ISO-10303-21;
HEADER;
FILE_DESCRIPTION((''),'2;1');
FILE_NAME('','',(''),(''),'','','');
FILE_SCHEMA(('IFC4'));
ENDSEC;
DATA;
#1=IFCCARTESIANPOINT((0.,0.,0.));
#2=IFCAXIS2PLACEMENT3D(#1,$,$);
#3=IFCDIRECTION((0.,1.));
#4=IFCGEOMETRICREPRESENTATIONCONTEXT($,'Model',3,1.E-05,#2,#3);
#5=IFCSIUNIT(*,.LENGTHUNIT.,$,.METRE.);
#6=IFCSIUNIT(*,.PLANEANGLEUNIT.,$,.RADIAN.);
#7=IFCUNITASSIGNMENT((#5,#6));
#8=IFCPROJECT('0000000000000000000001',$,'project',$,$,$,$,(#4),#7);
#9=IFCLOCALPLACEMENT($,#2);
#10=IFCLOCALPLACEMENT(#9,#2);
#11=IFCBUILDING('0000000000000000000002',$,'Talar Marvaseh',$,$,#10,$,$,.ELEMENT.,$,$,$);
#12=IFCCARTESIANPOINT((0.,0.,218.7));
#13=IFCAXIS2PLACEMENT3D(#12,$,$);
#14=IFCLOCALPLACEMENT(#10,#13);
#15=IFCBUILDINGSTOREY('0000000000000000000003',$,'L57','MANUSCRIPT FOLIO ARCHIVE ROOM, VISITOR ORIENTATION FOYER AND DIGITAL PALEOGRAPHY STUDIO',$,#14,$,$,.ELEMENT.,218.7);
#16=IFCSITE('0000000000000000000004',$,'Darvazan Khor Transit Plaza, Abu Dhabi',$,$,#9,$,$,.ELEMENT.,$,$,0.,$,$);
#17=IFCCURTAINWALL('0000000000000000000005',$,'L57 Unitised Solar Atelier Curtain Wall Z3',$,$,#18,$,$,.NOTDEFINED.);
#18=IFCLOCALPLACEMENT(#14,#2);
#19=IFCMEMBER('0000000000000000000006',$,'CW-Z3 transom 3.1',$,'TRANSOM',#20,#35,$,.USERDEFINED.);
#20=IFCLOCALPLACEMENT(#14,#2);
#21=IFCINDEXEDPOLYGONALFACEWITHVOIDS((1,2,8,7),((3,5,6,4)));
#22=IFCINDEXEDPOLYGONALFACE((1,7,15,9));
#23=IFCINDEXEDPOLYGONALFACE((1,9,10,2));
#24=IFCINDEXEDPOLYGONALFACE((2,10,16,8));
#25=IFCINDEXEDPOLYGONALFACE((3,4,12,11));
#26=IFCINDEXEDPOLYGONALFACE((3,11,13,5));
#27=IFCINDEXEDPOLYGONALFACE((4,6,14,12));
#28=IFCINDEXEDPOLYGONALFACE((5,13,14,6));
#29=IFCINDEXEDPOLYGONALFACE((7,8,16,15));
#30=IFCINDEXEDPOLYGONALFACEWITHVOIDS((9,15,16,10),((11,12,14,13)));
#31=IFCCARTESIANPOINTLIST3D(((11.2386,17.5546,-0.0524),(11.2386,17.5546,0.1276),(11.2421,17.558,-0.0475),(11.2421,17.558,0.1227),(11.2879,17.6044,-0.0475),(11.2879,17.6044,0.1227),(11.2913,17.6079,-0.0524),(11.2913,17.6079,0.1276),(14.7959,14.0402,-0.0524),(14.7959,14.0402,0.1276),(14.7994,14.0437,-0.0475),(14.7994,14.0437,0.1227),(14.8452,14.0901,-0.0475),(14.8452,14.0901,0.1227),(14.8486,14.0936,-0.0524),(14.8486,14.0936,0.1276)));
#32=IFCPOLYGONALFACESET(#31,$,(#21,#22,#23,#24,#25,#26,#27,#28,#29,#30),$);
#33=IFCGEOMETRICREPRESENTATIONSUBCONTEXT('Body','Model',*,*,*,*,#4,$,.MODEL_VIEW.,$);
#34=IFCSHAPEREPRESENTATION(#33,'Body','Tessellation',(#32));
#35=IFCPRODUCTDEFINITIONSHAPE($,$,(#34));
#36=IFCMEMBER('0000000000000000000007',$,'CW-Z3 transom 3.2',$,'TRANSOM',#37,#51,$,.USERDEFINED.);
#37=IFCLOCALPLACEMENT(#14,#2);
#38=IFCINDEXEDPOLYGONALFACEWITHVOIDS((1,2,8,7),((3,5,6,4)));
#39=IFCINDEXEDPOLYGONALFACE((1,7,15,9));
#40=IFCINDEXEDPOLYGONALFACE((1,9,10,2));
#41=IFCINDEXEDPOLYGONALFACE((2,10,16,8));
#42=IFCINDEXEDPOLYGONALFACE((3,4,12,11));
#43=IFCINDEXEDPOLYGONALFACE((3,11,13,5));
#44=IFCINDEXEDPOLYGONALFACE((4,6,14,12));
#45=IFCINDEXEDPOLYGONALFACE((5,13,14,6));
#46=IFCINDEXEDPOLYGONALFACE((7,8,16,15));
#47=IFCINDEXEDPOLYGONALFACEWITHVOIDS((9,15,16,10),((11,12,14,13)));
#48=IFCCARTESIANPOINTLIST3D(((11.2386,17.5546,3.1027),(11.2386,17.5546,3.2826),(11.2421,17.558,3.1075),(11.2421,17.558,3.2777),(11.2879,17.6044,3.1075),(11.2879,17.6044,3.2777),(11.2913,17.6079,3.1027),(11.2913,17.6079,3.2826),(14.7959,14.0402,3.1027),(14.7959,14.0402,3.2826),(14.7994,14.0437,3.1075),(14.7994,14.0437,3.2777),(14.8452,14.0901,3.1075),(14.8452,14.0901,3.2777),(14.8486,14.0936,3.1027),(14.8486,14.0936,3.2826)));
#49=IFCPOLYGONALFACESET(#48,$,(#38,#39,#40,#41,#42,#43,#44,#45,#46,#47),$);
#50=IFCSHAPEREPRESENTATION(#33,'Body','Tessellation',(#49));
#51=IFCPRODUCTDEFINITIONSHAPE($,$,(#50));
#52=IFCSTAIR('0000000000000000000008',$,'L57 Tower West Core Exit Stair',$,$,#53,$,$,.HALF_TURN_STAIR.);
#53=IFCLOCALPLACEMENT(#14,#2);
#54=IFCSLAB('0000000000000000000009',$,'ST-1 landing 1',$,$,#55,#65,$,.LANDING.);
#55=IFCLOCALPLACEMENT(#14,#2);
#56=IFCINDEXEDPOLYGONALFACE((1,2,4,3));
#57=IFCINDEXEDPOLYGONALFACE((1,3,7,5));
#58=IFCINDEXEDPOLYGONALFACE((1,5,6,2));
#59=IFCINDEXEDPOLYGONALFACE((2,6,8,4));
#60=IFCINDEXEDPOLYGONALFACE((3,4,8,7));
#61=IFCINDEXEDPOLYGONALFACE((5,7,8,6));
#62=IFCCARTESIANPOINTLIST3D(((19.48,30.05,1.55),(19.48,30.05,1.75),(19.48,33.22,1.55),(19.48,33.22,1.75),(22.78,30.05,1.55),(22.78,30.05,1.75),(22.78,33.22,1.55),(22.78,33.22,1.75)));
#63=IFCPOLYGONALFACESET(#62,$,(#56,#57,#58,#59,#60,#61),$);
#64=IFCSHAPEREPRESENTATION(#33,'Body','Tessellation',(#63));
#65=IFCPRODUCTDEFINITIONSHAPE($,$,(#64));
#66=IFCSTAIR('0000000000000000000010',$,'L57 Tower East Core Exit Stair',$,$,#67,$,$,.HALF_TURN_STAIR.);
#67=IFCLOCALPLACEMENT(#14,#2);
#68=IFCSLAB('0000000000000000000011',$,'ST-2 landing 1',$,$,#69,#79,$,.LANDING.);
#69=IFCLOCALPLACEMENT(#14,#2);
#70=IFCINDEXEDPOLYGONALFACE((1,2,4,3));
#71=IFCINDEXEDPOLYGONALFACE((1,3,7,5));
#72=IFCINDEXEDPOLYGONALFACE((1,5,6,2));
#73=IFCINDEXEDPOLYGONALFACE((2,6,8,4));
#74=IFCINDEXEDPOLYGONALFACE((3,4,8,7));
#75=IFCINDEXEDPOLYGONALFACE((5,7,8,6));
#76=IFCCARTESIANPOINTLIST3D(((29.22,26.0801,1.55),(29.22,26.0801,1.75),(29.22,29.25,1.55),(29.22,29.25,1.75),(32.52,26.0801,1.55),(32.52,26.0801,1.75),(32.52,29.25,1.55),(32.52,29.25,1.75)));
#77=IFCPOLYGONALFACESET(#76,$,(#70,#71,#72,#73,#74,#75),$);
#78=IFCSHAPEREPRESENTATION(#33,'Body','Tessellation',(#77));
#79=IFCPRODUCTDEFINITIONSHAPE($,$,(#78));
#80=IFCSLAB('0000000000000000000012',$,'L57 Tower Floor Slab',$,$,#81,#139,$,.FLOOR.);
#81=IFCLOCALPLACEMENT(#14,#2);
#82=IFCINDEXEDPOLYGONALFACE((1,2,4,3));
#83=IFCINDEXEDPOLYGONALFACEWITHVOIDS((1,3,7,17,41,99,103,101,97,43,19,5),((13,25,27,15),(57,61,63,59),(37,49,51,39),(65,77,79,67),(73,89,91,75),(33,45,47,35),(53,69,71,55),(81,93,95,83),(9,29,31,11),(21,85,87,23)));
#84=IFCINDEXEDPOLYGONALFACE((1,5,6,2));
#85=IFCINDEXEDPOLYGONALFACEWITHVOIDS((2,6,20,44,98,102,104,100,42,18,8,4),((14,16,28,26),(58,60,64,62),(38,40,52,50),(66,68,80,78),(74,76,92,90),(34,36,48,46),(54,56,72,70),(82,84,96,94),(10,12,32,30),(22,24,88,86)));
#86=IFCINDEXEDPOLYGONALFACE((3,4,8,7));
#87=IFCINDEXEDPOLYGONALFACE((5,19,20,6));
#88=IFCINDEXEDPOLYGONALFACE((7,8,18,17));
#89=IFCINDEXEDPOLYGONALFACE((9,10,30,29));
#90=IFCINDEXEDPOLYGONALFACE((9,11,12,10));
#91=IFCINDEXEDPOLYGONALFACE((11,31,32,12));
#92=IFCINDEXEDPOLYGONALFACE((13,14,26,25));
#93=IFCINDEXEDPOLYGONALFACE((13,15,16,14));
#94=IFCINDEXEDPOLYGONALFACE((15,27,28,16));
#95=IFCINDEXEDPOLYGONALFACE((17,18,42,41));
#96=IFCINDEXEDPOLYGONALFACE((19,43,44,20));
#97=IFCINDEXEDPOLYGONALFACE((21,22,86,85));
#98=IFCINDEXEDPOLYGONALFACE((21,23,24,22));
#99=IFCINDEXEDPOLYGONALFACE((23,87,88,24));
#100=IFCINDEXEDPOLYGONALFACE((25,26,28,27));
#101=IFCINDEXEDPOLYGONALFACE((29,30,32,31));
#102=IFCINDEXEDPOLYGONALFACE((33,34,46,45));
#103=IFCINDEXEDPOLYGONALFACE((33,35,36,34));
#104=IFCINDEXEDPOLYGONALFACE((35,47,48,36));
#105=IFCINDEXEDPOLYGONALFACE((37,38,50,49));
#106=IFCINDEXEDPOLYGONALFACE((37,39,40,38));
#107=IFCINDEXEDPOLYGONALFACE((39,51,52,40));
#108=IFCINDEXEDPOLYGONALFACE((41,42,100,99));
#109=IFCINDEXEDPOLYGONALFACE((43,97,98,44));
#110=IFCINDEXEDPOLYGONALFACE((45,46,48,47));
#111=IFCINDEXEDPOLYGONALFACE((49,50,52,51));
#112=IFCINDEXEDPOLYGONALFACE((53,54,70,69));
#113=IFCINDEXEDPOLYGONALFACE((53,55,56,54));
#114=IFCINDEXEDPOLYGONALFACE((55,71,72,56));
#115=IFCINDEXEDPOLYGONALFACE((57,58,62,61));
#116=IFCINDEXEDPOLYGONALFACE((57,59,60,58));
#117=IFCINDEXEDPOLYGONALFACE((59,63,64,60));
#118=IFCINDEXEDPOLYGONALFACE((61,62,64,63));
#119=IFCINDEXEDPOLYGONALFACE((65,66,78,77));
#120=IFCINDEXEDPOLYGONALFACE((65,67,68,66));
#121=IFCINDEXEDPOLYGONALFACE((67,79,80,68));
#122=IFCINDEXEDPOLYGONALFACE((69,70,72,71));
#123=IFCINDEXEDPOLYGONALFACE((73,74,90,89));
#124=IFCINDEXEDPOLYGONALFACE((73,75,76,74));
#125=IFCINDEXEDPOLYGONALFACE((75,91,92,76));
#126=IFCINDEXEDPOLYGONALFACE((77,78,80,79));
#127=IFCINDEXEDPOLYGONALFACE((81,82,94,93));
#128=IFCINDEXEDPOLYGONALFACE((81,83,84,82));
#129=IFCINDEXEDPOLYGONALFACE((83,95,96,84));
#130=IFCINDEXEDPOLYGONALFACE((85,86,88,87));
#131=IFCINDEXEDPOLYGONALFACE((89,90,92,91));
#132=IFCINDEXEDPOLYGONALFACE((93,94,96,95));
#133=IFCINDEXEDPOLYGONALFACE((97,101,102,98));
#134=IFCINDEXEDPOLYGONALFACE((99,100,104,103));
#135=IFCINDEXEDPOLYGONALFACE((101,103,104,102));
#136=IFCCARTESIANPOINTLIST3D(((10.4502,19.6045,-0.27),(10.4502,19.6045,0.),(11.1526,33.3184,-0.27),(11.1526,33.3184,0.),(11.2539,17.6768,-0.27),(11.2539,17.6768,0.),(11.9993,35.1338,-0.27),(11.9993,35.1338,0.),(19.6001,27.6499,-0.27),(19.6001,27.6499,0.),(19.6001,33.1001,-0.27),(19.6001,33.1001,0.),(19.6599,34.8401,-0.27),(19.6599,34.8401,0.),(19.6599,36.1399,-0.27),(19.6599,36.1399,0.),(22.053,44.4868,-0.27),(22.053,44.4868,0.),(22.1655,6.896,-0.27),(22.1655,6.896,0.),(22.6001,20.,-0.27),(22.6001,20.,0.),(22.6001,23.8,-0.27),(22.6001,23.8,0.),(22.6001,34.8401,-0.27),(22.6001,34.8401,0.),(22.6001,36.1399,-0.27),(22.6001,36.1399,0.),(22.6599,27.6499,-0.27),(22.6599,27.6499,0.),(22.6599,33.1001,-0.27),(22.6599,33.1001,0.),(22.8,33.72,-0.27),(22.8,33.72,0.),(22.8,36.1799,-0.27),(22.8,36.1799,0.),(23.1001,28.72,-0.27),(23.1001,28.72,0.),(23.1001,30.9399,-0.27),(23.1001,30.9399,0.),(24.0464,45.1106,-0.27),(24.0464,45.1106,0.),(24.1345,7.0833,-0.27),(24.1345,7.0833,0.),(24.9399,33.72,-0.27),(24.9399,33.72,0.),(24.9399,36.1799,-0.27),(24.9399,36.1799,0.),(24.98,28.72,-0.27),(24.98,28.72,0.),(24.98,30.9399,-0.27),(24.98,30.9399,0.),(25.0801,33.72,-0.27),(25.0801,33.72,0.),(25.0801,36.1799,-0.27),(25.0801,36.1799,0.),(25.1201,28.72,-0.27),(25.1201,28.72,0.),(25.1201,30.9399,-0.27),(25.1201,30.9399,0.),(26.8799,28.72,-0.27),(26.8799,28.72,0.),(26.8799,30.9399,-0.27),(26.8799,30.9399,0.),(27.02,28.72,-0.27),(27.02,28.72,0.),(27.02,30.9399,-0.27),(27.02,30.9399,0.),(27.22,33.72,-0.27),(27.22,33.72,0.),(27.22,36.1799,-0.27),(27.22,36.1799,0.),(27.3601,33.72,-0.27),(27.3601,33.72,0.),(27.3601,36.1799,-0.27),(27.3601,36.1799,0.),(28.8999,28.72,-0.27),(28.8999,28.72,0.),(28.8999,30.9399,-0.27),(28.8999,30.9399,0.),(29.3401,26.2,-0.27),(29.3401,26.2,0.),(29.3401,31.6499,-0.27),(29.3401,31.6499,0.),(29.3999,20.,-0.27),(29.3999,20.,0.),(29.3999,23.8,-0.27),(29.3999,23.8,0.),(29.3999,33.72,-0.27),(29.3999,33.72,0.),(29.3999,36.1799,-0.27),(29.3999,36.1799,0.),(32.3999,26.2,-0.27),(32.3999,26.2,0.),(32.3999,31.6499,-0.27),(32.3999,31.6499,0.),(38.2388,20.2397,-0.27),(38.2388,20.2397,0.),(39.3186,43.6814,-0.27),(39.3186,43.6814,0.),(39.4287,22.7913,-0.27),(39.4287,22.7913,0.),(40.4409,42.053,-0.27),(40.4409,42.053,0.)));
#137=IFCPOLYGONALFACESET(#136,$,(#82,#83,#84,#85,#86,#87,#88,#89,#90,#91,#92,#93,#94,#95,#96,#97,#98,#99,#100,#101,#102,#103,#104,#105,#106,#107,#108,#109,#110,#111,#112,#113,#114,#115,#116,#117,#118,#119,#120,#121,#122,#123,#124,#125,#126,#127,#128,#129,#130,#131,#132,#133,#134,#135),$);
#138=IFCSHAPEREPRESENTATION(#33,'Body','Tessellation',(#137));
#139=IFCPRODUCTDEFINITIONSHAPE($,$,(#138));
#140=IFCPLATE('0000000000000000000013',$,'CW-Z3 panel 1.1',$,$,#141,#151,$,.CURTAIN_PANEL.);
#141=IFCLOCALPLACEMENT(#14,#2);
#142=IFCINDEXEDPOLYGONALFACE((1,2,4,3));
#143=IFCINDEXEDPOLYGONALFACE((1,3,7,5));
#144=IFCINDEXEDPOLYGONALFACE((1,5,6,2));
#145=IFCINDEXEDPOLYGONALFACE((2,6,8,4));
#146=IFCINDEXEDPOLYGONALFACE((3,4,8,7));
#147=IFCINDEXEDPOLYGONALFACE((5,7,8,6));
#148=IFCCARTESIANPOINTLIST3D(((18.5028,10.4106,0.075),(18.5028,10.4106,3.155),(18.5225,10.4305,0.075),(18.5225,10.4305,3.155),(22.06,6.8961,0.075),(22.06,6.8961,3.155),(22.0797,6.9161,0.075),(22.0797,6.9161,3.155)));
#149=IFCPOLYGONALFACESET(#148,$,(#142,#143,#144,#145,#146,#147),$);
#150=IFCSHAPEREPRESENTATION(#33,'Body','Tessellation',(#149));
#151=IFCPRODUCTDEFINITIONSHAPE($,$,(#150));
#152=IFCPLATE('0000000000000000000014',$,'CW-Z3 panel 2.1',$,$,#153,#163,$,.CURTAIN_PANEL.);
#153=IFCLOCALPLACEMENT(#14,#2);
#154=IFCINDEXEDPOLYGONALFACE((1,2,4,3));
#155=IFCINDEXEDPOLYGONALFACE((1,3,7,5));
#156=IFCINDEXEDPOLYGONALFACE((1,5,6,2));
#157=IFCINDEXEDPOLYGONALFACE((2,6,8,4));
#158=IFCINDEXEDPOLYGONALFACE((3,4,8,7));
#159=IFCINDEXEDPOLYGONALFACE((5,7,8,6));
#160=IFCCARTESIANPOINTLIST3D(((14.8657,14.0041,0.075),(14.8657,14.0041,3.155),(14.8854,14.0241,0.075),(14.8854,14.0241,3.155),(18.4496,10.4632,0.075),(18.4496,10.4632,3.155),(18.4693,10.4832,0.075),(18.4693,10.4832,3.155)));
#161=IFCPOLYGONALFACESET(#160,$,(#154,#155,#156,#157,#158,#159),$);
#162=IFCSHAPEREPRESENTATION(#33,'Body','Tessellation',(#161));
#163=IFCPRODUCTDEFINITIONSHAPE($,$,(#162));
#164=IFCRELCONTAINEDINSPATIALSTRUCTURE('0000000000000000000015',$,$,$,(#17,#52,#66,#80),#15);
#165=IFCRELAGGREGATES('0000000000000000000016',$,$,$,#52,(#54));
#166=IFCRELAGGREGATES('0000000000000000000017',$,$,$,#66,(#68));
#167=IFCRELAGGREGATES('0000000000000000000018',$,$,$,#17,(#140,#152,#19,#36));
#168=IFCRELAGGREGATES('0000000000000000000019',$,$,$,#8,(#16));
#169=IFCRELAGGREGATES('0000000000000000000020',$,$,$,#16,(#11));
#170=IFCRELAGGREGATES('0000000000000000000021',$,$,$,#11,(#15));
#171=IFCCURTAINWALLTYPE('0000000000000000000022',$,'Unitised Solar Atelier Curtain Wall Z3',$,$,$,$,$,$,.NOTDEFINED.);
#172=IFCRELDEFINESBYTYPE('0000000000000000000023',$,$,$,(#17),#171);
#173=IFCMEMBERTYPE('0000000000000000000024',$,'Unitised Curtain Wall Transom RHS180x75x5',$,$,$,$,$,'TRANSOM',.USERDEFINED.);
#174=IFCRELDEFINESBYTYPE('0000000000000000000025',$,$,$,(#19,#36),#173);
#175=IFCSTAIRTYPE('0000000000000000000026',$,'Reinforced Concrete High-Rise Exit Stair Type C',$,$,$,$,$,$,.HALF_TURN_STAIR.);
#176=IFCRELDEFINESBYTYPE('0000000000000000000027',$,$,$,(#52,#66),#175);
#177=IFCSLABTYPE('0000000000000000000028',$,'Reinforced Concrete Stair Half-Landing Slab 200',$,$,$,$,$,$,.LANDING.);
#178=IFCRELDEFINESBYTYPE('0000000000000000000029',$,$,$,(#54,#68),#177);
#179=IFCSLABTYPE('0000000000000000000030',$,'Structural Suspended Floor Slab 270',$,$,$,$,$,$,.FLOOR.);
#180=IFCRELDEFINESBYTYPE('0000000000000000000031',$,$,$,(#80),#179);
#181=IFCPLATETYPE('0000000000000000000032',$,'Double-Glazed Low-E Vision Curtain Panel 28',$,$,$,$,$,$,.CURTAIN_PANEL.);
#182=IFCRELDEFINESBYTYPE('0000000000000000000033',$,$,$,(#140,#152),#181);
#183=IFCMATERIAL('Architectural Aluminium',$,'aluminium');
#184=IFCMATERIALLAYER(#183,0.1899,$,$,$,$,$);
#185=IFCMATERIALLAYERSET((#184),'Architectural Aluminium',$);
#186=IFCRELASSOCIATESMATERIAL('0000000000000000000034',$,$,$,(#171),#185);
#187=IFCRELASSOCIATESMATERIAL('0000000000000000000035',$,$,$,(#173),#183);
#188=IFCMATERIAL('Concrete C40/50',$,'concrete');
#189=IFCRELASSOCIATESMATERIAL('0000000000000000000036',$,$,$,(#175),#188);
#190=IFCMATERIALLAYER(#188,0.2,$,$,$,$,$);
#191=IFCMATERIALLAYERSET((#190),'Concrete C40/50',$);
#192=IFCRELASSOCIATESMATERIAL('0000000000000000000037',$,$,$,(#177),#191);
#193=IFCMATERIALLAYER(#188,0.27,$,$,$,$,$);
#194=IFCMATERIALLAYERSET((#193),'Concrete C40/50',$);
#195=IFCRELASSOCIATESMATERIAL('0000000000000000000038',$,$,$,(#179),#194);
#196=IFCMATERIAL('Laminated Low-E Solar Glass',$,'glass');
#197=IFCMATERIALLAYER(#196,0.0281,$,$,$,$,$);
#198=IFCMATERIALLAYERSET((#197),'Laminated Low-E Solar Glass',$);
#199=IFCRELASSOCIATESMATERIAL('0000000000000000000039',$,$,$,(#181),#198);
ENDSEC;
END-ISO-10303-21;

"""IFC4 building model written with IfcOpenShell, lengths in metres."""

from ifc_helpers import new_model, si_unit, direction, frame, origin, origin_2d, place, context, subcontext, project, spatial, polyline, rectangle, hollow_rectangle, outline, extrude, source, transform, mapped, material, layer, layer_set, material_profile, profile_set, type_object, type_shapes, element, aggregate, save


model = new_model("IFC4")

# Units and contexts
model_context = context("Model", 3, precision=1e-05, world=origin(), true_north=direction((0.0, 1.0)))
body_context = subcontext(model_context, "Body", "Model", "MODEL_VIEW")
ifc_project = project(units=[si_unit("LENGTHUNIT", "METRE"), si_unit("PLANEANGLEUNIT", "RADIAN")], contexts=[model_context])

# Site, building, storey
site_placement = place(None, origin())
site = spatial("IfcSite", under=ifc_project, at=site_placement, Name="Darvazan Khor Transit Plaza, Abu Dhabi", CompositionType="ELEMENT", RefElevation=0.0)
building_placement = place(site_placement, origin())
building = spatial("IfcBuilding", under=site, at=building_placement, Name="Talar Marvaseh", CompositionType="ELEMENT")
storey_placement = place(building_placement, frame((0.0, 0.0, 218.7)))
storey = spatial("IfcBuildingStorey", under=building, at=storey_placement, Name="L57", Description="MANUSCRIPT FOLIO ARCHIVE ROOM, VISITOR ORIENTATION FOYER AND DIGITAL PALEOGRAPHY STUDIO", CompositionType="ELEMENT", Elevation=218.7)

# Curtain wall, members
ifc_material_1 = material(Name="Architectural Aluminium", Category="aluminium")
ifc_layer_1 = layer(ifc_material_1, 0.1899)
ifc_layer_set_1 = layer_set([ifc_layer_1], Name="Architectural Aluminium")
curtain_wall_type = type_object("IfcCurtainWallType", Name="Unitised Solar Atelier Curtain Wall Z3", PredefinedType="NOTDEFINED", material=ifc_layer_set_1)
curtain_wall_placement = place(storey_placement, origin())
curtain_wall = element("IfcCurtainWall", 1, at=curtain_wall_placement, inside=storey, type_object=curtain_wall_type, Name="L57 Unitised Solar Atelier Curtain Wall Z3", PredefinedType="NOTDEFINED")
ifc_material_profile_1 = material_profile(ifc_material_1, hollow_rectangle(XDim=0.075, YDim=0.1799, WallThickness=0.0049, at=origin_2d()), Name="RHS180x75x5")
ifc_profile_set_1 = profile_set([ifc_material_profile_1], Name="Architectural Aluminium")
member_type_1 = type_object("IfcMemberType", Name="Unitised Curtain Wall Transom RHS180x75x5", ElementType="TRANSOM", PredefinedType="USERDEFINED", material=ifc_profile_set_1)
shared_shape_1 = source(origin(), body_context, "Body", "SweptSolid", [
    extrude(hollow_rectangle(XDim=0.075, YDim=0.1799, WallThickness=0.0049, at=origin_2d()), origin(), (0.0, 0.0, 1.0), 5.0005),
])
member_1_placement = place(storey_placement, frame((14.8223, 14.0669, 0.0376), z_axis=(-0.71139, 0.702797, 0.0), x_axis=(-0.702797, -0.71139, 0.0)))
member_1 = element("IfcMember", 2, at=member_1_placement, type_object=member_type_1, Name="CW-Z3 transom 3.1", ObjectType="TRANSOM", PredefinedType="USERDEFINED", context=body_context, shape_type="MappedRepresentation", body=[
    mapped(shared_shape_1, transform((0.0, 0.0, 0.0), x_axis=(1.0, 0.0, 0.0), y_axis=(0.0, 1.0, 0.0), z_axis=(0.0, 0.0, 1.0), scale=1.0)),
])
member_2_placement = place(storey_placement, frame((14.8223, 14.0669, 3.1926), z_axis=(-0.71139, 0.702797, 0.0), x_axis=(-0.702797, -0.71139, 0.0)))
member_2 = element("IfcMember", 3, at=member_2_placement, type_object=member_type_1, Name="CW-Z3 transom 3.2", ObjectType="TRANSOM", PredefinedType="USERDEFINED", context=body_context, shape_type="MappedRepresentation", body=[
    mapped(shared_shape_1, transform((0.0, 0.0, 0.0), x_axis=(1.0, 0.0, 0.0), y_axis=(0.0, 1.0, 0.0), z_axis=(0.0, 0.0, 1.0), scale=1.0)),
])

# Stairs, slabs
ifc_material_2 = material(Name="Concrete C40/50", Category="concrete")
stair_type = type_object("IfcStairType", Name="Reinforced Concrete High-Rise Exit Stair Type C", PredefinedType="HALF_TURN_STAIR", material=ifc_material_2)
stair_1_placement = place(storey_placement, origin())
stair_1 = element("IfcStair", 4, at=stair_1_placement, inside=storey, type_object=stair_type, Name="L57 Tower West Core Exit Stair", PredefinedType="HALF_TURN_STAIR")
ifc_layer_2 = layer(ifc_material_2, 0.2)
ifc_layer_set_2 = layer_set([ifc_layer_2], Name="Concrete C40/50")
slab_type_1 = type_object("IfcSlabType", Name="Reinforced Concrete Stair Half-Landing Slab 200", PredefinedType="LANDING", material=ifc_layer_set_2)
slab_1_placement = place(storey_placement, frame((0.0, 0.0, 1.55)))
slab_1 = element("IfcSlab", 5, at=slab_1_placement, type_object=slab_type_1, Name="ST-1 landing 1", PredefinedType="LANDING", context=body_context, shape_type="SweptSolid", body=[
    extrude(outline(polyline([(22.78, 30.05), (22.78, 33.22), (19.48, 33.22), (19.48, 30.05), (22.78, 30.05)])), origin(), (0.0, 0.0, 1.0), 0.2),
])
aggregate(stair_1, [slab_1])
stair_2_placement = place(storey_placement, origin())
stair_2 = element("IfcStair", 6, at=stair_2_placement, inside=storey, type_object=stair_type, Name="L57 Tower East Core Exit Stair", PredefinedType="HALF_TURN_STAIR")
slab_2_placement = place(storey_placement, frame((0.0, 0.0, 1.55)))
slab_2 = element("IfcSlab", 7, at=slab_2_placement, type_object=slab_type_1, Name="ST-2 landing 1", PredefinedType="LANDING", context=body_context, shape_type="SweptSolid", body=[
    extrude(outline(polyline([(29.22, 29.25), (29.22, 26.0801), (32.52, 26.0801), (32.52, 29.25), (29.22, 29.25)])), origin(), (0.0, 0.0, 1.0), 0.2),
])
aggregate(stair_2, [slab_2])

# Slab
ifc_layer_3 = layer(ifc_material_2, 0.27)
ifc_layer_set_3 = layer_set([ifc_layer_3], Name="Concrete C40/50")
slab_type_2 = type_object("IfcSlabType", Name="Structural Suspended Floor Slab 270", PredefinedType="FLOOR", material=ifc_layer_set_3)
slab_3_placement = place(storey_placement, frame((0.0, 0.0, -0.27)))
element("IfcSlab", 8, at=slab_3_placement, inside=storey, type_object=slab_type_2, Name="L57 Tower Floor Slab", PredefinedType="FLOOR", context=body_context, shape_type="SweptSolid", body=[
    extrude(outline(polyline([(24.1345, 7.0833), (22.1655, 6.896), (11.2539, 17.6768), (10.4502, 19.6045), (11.1526, 33.3184), (11.9993, 35.1338), (22.053, 44.4868), (24.0464, 45.1106), (39.3186, 43.6814), (40.4409, 42.053), (39.4287, 22.7913), (38.2388, 20.2397), (24.1345, 7.0833)]), holes=[polyline([(22.6599, 27.6499), (22.6599, 33.1001), (19.6001, 33.1001), (19.6001, 27.6499), (22.6599, 27.6499)]), polyline([(29.3401, 31.6499), (29.3401, 26.2), (32.3999, 26.2), (32.3999, 31.6499), (29.3401, 31.6499)]), polyline([(22.8, 33.72), (24.9399, 33.72), (24.9399, 36.1799), (22.8, 36.1799), (22.8, 33.72)]), polyline([(25.0801, 33.72), (27.22, 33.72), (27.22, 36.1799), (25.0801, 36.1799), (25.0801, 33.72)]), polyline([(27.3601, 33.72), (29.3999, 33.72), (29.3999, 36.1799), (27.3601, 36.1799), (27.3601, 33.72)]), polyline([(23.1001, 28.72), (24.98, 28.72), (24.98, 30.9399), (23.1001, 30.9399), (23.1001, 28.72)]), polyline([(25.1201, 28.72), (26.8799, 28.72), (26.8799, 30.9399), (25.1201, 30.9399), (25.1201, 28.72)]), polyline([(27.02, 28.72), (28.8999, 28.72), (28.8999, 30.9399), (27.02, 30.9399), (27.02, 28.72)]), polyline([(19.6599, 34.8401), (22.6001, 34.8401), (22.6001, 36.1399), (19.6599, 36.1399), (19.6599, 34.8401)]), polyline([(22.6001, 20.0), (29.3999, 20.0), (29.3999, 23.8), (22.6001, 23.8), (22.6001, 20.0)])]), origin(), (0.0, 0.0, 1.0), 0.27),
])

# Plates
ifc_material_3 = material(Name="Laminated Low-E Solar Glass", Category="glass")
ifc_layer_4 = layer(ifc_material_3, 0.0281)
ifc_layer_set_4 = layer_set([ifc_layer_4], Name="Laminated Low-E Solar Glass")
plate_type = type_object("IfcPlateType", Name="Double-Glazed Low-E Vision Curtain Panel 28", PredefinedType="CURTAIN_PANEL", material=ifc_layer_set_4)
shared_shape_2 = source(origin(), body_context, "Body", "SweptSolid", [
    extrude(rectangle(XDim=5.0005, YDim=0.0281, at=origin_2d()), origin(), (0.0, 0.0, 1.0), 3.0801),
])
plate_1_placement = place(storey_placement, frame((20.2913, 8.6633, 0.075), z_axis=(0.0, 0.0, 1.0), x_axis=(-0.711364, 0.702824, 0.0)))
plate_1 = element("IfcPlate", 9, at=plate_1_placement, type_object=plate_type, Name="CW-Z3 panel 1.1", PredefinedType="CURTAIN_PANEL", context=body_context, shape_type="MappedRepresentation", body=[
    mapped(shared_shape_2, transform((0.0, 0.0, 0.0), x_axis=(1.0, 0.0, 0.0), y_axis=(0.0, 1.0, 0.0), z_axis=(0.0, 0.0, 1.0), scale=1.0)),
])
shared_shape_3 = source(origin(), body_context, "Body", "SweptSolid", [
    extrude(rectangle(XDim=5.0381, YDim=0.0281, at=origin_2d()), origin(), (0.0, 0.0, 1.0), 3.0801),
])
type_shapes(plate_type, [shared_shape_2, shared_shape_3])
plate_2_placement = place(storey_placement, frame((16.6675, 12.2437, 0.075), z_axis=(0.0, 0.0, 1.0), x_axis=(-0.711364, 0.702824, 0.0)))
plate_2 = element("IfcPlate", 10, at=plate_2_placement, type_object=plate_type, Name="CW-Z3 panel 2.1", PredefinedType="CURTAIN_PANEL", context=body_context, shape_type="MappedRepresentation", body=[
    mapped(shared_shape_3, transform((0.0, 0.0, 0.0), x_axis=(1.0, 0.0, 0.0), y_axis=(0.0, 1.0, 0.0), z_axis=(0.0, 0.0, 1.0), scale=1.0)),
])
aggregate(curtain_wall, [plate_1, plate_2, member_1, member_2])

save(model, "model.ifc")
